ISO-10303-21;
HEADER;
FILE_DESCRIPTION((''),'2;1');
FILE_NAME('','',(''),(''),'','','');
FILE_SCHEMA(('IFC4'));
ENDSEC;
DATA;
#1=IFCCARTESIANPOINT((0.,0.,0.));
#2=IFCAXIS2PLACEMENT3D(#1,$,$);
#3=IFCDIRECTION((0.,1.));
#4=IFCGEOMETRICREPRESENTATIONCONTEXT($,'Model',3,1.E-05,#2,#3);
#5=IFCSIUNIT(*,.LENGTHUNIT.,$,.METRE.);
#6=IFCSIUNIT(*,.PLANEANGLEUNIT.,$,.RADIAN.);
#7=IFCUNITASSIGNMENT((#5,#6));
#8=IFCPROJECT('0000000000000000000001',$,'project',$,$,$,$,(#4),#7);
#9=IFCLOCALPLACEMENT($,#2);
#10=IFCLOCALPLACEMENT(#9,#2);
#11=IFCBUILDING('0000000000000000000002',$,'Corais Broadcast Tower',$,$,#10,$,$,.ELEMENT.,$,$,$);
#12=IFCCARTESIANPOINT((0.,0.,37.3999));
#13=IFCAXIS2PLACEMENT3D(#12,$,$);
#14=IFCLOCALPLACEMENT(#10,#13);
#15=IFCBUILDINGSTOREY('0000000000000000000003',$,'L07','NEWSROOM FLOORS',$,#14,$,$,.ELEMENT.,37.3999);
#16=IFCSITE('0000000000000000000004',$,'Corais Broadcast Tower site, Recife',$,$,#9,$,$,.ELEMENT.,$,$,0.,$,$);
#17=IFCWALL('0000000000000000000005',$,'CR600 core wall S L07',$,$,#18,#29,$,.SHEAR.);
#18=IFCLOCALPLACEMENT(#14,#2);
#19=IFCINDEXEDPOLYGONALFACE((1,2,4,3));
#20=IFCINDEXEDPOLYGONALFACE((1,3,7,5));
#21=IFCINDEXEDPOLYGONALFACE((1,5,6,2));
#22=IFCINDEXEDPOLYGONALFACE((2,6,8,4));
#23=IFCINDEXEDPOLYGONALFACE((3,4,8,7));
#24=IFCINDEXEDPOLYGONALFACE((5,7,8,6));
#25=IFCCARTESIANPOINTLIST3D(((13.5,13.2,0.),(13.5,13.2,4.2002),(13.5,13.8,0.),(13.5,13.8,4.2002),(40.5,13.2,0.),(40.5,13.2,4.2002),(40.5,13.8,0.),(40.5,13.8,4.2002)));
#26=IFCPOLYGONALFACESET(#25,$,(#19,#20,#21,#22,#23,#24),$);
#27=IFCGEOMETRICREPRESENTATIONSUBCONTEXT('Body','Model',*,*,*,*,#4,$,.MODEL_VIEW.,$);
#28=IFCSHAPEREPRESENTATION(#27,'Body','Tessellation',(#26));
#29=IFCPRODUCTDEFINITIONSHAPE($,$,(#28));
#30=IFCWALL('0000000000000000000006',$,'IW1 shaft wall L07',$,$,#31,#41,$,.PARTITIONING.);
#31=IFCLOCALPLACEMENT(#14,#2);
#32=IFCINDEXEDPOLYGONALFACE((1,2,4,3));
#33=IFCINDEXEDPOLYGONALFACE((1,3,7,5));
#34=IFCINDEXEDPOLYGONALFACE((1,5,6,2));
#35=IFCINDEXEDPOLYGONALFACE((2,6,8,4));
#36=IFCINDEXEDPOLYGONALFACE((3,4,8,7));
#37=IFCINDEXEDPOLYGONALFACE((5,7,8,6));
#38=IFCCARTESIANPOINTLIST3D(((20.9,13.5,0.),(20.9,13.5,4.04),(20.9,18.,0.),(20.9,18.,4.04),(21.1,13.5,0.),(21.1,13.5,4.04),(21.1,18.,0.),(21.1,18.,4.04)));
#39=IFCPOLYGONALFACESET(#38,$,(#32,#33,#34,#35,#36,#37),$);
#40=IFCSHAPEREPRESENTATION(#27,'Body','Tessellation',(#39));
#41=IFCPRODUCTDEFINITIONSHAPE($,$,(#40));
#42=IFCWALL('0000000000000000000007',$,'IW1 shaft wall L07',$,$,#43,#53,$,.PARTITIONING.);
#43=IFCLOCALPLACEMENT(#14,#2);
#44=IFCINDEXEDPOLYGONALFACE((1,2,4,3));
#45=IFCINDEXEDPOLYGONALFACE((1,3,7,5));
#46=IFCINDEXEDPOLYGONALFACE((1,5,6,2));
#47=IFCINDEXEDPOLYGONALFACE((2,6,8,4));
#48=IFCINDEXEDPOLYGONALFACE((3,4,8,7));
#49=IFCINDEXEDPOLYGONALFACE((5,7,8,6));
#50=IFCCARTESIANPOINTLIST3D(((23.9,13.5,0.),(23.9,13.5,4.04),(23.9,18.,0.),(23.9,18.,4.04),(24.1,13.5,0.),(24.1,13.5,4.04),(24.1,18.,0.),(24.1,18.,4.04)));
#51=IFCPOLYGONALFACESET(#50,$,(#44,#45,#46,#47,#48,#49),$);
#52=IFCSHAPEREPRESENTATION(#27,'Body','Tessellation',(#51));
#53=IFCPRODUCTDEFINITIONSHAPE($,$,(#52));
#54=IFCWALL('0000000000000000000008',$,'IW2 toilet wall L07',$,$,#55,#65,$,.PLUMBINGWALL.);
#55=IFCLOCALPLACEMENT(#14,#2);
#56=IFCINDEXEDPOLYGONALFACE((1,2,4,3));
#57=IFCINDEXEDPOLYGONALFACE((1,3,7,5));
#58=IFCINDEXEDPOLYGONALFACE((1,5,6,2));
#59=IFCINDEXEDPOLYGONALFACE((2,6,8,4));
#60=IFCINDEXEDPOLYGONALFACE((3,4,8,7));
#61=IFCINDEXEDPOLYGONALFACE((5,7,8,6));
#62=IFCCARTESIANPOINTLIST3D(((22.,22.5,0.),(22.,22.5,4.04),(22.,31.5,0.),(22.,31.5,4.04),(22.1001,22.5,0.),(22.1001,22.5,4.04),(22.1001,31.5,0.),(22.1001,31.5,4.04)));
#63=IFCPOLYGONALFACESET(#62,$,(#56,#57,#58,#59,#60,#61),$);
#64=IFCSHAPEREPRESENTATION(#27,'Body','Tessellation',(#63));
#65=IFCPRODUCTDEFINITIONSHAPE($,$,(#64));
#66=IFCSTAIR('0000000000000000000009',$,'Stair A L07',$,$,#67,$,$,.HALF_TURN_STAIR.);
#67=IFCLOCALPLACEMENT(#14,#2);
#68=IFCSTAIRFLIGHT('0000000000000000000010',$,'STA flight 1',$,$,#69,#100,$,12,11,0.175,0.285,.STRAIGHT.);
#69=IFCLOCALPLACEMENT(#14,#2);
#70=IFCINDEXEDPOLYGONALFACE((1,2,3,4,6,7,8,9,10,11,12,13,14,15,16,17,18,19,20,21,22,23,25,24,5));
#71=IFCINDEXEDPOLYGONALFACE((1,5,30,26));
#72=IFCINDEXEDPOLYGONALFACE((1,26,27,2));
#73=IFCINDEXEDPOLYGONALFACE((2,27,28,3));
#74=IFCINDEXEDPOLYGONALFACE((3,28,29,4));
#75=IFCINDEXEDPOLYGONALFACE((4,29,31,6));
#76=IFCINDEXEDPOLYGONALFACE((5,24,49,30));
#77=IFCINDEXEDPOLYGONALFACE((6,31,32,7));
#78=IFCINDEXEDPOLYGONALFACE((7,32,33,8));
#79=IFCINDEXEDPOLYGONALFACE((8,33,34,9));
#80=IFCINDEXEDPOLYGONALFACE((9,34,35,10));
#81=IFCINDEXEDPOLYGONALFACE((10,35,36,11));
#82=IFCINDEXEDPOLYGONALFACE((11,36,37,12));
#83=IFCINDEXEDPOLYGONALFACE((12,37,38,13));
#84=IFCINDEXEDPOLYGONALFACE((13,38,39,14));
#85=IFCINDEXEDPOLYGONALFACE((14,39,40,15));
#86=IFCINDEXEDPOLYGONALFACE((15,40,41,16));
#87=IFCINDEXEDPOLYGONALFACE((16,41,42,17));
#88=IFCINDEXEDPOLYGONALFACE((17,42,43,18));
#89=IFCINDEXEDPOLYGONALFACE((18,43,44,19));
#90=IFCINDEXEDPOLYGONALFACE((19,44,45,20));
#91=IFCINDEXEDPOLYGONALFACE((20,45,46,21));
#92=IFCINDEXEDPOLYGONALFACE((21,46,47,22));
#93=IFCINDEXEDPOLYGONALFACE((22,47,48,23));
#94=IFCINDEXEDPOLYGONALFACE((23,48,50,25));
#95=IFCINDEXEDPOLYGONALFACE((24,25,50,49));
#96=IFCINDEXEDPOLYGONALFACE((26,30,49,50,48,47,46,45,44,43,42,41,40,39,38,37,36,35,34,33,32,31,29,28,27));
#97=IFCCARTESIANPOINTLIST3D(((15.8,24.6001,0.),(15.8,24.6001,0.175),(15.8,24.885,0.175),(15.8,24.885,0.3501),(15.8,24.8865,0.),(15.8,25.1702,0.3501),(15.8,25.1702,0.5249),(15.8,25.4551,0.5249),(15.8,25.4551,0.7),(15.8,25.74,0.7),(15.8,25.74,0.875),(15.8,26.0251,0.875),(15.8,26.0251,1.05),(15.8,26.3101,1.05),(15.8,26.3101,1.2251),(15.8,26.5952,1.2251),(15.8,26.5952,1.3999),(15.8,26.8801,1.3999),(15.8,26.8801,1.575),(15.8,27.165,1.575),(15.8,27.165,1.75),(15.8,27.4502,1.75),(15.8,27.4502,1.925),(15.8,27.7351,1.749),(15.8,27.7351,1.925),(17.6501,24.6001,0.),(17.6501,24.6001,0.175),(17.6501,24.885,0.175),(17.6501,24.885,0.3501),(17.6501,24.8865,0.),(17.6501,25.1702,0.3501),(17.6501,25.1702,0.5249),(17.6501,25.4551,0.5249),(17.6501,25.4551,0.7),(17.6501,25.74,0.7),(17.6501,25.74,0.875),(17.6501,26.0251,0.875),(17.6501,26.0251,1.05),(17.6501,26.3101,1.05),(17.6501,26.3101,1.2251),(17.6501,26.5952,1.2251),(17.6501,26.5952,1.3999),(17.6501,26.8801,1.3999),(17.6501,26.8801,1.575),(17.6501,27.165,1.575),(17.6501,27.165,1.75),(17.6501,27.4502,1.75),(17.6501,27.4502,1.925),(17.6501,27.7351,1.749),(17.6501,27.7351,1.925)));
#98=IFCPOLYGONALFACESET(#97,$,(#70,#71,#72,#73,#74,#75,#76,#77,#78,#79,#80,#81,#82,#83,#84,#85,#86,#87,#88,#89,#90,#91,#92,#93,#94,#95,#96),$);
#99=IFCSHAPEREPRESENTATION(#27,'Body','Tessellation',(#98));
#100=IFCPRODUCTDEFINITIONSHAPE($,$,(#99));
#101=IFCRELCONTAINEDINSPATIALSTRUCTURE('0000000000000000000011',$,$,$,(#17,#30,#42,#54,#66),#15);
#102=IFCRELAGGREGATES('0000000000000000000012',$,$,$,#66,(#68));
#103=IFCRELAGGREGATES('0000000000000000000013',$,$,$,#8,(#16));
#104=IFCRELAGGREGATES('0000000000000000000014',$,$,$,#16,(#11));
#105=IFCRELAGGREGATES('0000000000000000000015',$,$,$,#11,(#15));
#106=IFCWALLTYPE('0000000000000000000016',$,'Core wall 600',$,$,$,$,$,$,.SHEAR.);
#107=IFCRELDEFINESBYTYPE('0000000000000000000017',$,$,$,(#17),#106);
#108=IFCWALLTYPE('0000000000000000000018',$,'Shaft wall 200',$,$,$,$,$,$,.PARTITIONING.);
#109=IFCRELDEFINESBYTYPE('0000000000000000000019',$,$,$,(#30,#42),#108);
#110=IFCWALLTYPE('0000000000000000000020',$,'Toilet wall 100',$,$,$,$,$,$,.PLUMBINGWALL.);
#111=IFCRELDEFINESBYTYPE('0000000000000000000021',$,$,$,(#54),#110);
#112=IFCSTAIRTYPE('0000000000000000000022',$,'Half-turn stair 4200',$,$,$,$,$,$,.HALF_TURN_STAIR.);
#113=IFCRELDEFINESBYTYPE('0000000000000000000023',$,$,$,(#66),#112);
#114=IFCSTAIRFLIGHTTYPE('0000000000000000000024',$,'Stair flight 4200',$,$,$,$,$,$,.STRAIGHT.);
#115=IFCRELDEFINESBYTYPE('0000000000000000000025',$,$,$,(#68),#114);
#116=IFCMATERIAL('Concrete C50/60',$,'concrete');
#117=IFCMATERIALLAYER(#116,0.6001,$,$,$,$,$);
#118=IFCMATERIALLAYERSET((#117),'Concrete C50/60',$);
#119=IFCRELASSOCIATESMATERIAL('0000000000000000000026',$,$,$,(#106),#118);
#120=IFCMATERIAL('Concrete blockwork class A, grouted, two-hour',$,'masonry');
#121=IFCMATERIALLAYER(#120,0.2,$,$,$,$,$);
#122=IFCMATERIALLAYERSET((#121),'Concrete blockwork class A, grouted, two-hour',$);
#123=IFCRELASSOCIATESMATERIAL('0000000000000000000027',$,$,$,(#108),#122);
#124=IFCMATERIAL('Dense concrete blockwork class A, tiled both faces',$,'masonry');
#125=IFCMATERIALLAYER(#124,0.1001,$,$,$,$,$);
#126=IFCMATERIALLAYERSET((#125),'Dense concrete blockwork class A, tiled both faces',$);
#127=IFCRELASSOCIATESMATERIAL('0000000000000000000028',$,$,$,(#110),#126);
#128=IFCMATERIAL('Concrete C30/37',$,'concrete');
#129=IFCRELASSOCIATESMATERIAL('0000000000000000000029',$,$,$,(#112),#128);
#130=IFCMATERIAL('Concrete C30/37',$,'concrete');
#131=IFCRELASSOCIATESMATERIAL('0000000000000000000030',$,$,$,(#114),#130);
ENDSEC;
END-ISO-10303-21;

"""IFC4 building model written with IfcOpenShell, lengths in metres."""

from ifc_helpers import new_model, si_unit, direction, frame, frame_2d, origin, place, context, subcontext, project, spatial, polyline, rectangle, outline, extrude, material, layer, layer_set, type_object, element, aggregate, save


model = new_model("IFC4")

# Units and contexts
model_context = context("Model", 3, precision=1e-05, world=origin(), true_north=direction((0.0, 1.0)))
body_context = subcontext(model_context, "Body", "Model", "MODEL_VIEW")
ifc_project = project(units=[si_unit("LENGTHUNIT", "METRE"), si_unit("PLANEANGLEUNIT", "RADIAN")], contexts=[model_context])

# Site, building, storey
site_placement = place(None, origin())
site = spatial("IfcSite", under=ifc_project, at=site_placement, Name="Corais Broadcast Tower site, Recife", CompositionType="ELEMENT", RefElevation=0.0)
building_placement = place(site_placement, origin())
building = spatial("IfcBuilding", under=site, at=building_placement, Name="Corais Broadcast Tower", CompositionType="ELEMENT")
storey_placement = place(building_placement, frame((0.0, 0.0, 37.3999)))
storey = spatial("IfcBuildingStorey", under=building, at=storey_placement, Name="L07", Description="NEWSROOM FLOORS", CompositionType="ELEMENT", Elevation=37.3999)

# Walls
ifc_material_1 = material(Name="Concrete C50/60", Category="concrete")
ifc_layer_1 = layer(ifc_material_1, 0.6001)
ifc_layer_set_1 = layer_set([ifc_layer_1], Name="Concrete C50/60")
wall_type_1 = type_object("IfcWallType", Name="Core wall 600", PredefinedType="SHEAR", material=ifc_layer_set_1)
wall_1_placement = place(storey_placement, frame((13.5, 13.5, 0.0), z_axis=(0.0, 0.0, 1.0), x_axis=(1.0, 0.0, 0.0)))
element("IfcWall", 1, at=wall_1_placement, inside=storey, type_object=wall_type_1, Name="CR600 core wall S L07", PredefinedType="SHEAR", context=body_context, shape_type="SweptSolid", body=[
    extrude(rectangle(XDim=27.0, YDim=0.6001, at=frame_2d((13.5, 0.0))), origin(), (0.0, 0.0, 1.0), 4.2002),
])
ifc_material_2 = material(Name="Concrete blockwork class A, grouted, two-hour", Category="masonry")
ifc_layer_2 = layer(ifc_material_2, 0.2)
ifc_layer_set_2 = layer_set([ifc_layer_2], Name="Concrete blockwork class A, grouted, two-hour")
wall_type_2 = type_object("IfcWallType", Name="Shaft wall 200", PredefinedType="PARTITIONING", material=ifc_layer_set_2)
for number, where, z_axis, x_axis, name in (
    (2, (21.0, 13.5, 0.0), (0.0, 0.0, 1.0), (0.0, 1.0, 0.0), "IW1 shaft wall L07"),
    (3, (24.0, 13.5, 0.0), (0.0, 0.0, 1.0), (0.0, 1.0, 0.0), "IW1 shaft wall L07"),
):
    element("IfcWall", number, at=place(storey_placement, frame(where, z_axis=z_axis, x_axis=x_axis)), inside=storey, type_object=wall_type_2, Name=name, PredefinedType="PARTITIONING", context=body_context, shape_type="SweptSolid", body=[
        extrude(rectangle(XDim=4.5, YDim=0.2, at=frame_2d((2.25, 0.0))), origin(), (0.0, 0.0, 1.0), 4.04),
    ])
ifc_material_3 = material(Name="Dense concrete blockwork class A, tiled both faces", Category="masonry")
ifc_layer_3 = layer(ifc_material_3, 0.1001)
ifc_layer_set_3 = layer_set([ifc_layer_3], Name="Dense concrete blockwork class A, tiled both faces")
wall_type_3 = type_object("IfcWallType", Name="Toilet wall 100", PredefinedType="PLUMBINGWALL", material=ifc_layer_set_3)
wall_2_placement = place(storey_placement, frame((22.05, 22.5, 0.0), z_axis=(0.0, 0.0, 1.0), x_axis=(0.0, 1.0, 0.0)))
element("IfcWall", 4, at=wall_2_placement, inside=storey, type_object=wall_type_3, Name="IW2 toilet wall L07", PredefinedType="PLUMBINGWALL", context=body_context, shape_type="SweptSolid", body=[
    extrude(rectangle(XDim=9.0, YDim=0.1001, at=frame_2d((4.5, 0.0))), origin(), (0.0, 0.0, 1.0), 4.04),
])

# Stair, stair flight
ifc_material_4 = material(Name="Concrete C30/37", Category="concrete")
stair_type = type_object("IfcStairType", Name="Half-turn stair 4200", PredefinedType="HALF_TURN_STAIR", material=ifc_material_4)
stair_placement = place(storey_placement, origin())
stair = element("IfcStair", 5, at=stair_placement, inside=storey, type_object=stair_type, Name="Stair A L07", PredefinedType="HALF_TURN_STAIR")
ifc_material_5 = material(Name="Concrete C30/37", Category="concrete")
stair_flight_type = type_object("IfcStairFlightType", Name="Stair flight 4200", PredefinedType="STRAIGHT", material=ifc_material_5)
stair_flight_placement = place(storey_placement, frame((16.7251, 24.6001, 0.0), z_axis=(0.0, 0.0, 1.0), x_axis=(0.0, 1.0, 0.0)))
stair_flight = element("IfcStairFlight", 6, at=stair_flight_placement, type_object=stair_flight_type, Name="STA flight 1", NumberOfRisers=12, NumberOfTreads=11, PredefinedType="STRAIGHT", RiserHeight=0.175, TreadLength=0.285, context=body_context, shape_type="SweptSolid", body=[
    extrude(outline(polyline([(0.0, 0.0), (0.0, 0.175), (0.2849, 0.175), (0.2849, 0.3501), (0.5701, 0.3501), (0.5701, 0.5249), (0.855, 0.5249), (0.855, 0.7), (1.1399, 0.7), (1.1399, 0.875), (1.425, 0.875), (1.425, 1.05), (1.71, 1.05), (1.71, 1.2251), (1.9951, 1.2251), (1.9951, 1.3999), (2.28, 1.3999), (2.28, 1.575), (2.5649, 1.575), (2.5649, 1.75), (2.8501, 1.75), (2.8501, 1.925), (3.135, 1.925), (3.135, 2.1001), (3.135, 1.749), (0.2864, 0.0), (0.0, 0.0)])), frame((0.0, 0.925, 0.0), z_axis=(0.0, -1.0, 0.0), x_axis=(1.0, 0.0, 0.0)), (0.0, 0.0, 1.0), 1.8501),
])
aggregate(stair, [stair_flight])

save(model, "model.ifc")
